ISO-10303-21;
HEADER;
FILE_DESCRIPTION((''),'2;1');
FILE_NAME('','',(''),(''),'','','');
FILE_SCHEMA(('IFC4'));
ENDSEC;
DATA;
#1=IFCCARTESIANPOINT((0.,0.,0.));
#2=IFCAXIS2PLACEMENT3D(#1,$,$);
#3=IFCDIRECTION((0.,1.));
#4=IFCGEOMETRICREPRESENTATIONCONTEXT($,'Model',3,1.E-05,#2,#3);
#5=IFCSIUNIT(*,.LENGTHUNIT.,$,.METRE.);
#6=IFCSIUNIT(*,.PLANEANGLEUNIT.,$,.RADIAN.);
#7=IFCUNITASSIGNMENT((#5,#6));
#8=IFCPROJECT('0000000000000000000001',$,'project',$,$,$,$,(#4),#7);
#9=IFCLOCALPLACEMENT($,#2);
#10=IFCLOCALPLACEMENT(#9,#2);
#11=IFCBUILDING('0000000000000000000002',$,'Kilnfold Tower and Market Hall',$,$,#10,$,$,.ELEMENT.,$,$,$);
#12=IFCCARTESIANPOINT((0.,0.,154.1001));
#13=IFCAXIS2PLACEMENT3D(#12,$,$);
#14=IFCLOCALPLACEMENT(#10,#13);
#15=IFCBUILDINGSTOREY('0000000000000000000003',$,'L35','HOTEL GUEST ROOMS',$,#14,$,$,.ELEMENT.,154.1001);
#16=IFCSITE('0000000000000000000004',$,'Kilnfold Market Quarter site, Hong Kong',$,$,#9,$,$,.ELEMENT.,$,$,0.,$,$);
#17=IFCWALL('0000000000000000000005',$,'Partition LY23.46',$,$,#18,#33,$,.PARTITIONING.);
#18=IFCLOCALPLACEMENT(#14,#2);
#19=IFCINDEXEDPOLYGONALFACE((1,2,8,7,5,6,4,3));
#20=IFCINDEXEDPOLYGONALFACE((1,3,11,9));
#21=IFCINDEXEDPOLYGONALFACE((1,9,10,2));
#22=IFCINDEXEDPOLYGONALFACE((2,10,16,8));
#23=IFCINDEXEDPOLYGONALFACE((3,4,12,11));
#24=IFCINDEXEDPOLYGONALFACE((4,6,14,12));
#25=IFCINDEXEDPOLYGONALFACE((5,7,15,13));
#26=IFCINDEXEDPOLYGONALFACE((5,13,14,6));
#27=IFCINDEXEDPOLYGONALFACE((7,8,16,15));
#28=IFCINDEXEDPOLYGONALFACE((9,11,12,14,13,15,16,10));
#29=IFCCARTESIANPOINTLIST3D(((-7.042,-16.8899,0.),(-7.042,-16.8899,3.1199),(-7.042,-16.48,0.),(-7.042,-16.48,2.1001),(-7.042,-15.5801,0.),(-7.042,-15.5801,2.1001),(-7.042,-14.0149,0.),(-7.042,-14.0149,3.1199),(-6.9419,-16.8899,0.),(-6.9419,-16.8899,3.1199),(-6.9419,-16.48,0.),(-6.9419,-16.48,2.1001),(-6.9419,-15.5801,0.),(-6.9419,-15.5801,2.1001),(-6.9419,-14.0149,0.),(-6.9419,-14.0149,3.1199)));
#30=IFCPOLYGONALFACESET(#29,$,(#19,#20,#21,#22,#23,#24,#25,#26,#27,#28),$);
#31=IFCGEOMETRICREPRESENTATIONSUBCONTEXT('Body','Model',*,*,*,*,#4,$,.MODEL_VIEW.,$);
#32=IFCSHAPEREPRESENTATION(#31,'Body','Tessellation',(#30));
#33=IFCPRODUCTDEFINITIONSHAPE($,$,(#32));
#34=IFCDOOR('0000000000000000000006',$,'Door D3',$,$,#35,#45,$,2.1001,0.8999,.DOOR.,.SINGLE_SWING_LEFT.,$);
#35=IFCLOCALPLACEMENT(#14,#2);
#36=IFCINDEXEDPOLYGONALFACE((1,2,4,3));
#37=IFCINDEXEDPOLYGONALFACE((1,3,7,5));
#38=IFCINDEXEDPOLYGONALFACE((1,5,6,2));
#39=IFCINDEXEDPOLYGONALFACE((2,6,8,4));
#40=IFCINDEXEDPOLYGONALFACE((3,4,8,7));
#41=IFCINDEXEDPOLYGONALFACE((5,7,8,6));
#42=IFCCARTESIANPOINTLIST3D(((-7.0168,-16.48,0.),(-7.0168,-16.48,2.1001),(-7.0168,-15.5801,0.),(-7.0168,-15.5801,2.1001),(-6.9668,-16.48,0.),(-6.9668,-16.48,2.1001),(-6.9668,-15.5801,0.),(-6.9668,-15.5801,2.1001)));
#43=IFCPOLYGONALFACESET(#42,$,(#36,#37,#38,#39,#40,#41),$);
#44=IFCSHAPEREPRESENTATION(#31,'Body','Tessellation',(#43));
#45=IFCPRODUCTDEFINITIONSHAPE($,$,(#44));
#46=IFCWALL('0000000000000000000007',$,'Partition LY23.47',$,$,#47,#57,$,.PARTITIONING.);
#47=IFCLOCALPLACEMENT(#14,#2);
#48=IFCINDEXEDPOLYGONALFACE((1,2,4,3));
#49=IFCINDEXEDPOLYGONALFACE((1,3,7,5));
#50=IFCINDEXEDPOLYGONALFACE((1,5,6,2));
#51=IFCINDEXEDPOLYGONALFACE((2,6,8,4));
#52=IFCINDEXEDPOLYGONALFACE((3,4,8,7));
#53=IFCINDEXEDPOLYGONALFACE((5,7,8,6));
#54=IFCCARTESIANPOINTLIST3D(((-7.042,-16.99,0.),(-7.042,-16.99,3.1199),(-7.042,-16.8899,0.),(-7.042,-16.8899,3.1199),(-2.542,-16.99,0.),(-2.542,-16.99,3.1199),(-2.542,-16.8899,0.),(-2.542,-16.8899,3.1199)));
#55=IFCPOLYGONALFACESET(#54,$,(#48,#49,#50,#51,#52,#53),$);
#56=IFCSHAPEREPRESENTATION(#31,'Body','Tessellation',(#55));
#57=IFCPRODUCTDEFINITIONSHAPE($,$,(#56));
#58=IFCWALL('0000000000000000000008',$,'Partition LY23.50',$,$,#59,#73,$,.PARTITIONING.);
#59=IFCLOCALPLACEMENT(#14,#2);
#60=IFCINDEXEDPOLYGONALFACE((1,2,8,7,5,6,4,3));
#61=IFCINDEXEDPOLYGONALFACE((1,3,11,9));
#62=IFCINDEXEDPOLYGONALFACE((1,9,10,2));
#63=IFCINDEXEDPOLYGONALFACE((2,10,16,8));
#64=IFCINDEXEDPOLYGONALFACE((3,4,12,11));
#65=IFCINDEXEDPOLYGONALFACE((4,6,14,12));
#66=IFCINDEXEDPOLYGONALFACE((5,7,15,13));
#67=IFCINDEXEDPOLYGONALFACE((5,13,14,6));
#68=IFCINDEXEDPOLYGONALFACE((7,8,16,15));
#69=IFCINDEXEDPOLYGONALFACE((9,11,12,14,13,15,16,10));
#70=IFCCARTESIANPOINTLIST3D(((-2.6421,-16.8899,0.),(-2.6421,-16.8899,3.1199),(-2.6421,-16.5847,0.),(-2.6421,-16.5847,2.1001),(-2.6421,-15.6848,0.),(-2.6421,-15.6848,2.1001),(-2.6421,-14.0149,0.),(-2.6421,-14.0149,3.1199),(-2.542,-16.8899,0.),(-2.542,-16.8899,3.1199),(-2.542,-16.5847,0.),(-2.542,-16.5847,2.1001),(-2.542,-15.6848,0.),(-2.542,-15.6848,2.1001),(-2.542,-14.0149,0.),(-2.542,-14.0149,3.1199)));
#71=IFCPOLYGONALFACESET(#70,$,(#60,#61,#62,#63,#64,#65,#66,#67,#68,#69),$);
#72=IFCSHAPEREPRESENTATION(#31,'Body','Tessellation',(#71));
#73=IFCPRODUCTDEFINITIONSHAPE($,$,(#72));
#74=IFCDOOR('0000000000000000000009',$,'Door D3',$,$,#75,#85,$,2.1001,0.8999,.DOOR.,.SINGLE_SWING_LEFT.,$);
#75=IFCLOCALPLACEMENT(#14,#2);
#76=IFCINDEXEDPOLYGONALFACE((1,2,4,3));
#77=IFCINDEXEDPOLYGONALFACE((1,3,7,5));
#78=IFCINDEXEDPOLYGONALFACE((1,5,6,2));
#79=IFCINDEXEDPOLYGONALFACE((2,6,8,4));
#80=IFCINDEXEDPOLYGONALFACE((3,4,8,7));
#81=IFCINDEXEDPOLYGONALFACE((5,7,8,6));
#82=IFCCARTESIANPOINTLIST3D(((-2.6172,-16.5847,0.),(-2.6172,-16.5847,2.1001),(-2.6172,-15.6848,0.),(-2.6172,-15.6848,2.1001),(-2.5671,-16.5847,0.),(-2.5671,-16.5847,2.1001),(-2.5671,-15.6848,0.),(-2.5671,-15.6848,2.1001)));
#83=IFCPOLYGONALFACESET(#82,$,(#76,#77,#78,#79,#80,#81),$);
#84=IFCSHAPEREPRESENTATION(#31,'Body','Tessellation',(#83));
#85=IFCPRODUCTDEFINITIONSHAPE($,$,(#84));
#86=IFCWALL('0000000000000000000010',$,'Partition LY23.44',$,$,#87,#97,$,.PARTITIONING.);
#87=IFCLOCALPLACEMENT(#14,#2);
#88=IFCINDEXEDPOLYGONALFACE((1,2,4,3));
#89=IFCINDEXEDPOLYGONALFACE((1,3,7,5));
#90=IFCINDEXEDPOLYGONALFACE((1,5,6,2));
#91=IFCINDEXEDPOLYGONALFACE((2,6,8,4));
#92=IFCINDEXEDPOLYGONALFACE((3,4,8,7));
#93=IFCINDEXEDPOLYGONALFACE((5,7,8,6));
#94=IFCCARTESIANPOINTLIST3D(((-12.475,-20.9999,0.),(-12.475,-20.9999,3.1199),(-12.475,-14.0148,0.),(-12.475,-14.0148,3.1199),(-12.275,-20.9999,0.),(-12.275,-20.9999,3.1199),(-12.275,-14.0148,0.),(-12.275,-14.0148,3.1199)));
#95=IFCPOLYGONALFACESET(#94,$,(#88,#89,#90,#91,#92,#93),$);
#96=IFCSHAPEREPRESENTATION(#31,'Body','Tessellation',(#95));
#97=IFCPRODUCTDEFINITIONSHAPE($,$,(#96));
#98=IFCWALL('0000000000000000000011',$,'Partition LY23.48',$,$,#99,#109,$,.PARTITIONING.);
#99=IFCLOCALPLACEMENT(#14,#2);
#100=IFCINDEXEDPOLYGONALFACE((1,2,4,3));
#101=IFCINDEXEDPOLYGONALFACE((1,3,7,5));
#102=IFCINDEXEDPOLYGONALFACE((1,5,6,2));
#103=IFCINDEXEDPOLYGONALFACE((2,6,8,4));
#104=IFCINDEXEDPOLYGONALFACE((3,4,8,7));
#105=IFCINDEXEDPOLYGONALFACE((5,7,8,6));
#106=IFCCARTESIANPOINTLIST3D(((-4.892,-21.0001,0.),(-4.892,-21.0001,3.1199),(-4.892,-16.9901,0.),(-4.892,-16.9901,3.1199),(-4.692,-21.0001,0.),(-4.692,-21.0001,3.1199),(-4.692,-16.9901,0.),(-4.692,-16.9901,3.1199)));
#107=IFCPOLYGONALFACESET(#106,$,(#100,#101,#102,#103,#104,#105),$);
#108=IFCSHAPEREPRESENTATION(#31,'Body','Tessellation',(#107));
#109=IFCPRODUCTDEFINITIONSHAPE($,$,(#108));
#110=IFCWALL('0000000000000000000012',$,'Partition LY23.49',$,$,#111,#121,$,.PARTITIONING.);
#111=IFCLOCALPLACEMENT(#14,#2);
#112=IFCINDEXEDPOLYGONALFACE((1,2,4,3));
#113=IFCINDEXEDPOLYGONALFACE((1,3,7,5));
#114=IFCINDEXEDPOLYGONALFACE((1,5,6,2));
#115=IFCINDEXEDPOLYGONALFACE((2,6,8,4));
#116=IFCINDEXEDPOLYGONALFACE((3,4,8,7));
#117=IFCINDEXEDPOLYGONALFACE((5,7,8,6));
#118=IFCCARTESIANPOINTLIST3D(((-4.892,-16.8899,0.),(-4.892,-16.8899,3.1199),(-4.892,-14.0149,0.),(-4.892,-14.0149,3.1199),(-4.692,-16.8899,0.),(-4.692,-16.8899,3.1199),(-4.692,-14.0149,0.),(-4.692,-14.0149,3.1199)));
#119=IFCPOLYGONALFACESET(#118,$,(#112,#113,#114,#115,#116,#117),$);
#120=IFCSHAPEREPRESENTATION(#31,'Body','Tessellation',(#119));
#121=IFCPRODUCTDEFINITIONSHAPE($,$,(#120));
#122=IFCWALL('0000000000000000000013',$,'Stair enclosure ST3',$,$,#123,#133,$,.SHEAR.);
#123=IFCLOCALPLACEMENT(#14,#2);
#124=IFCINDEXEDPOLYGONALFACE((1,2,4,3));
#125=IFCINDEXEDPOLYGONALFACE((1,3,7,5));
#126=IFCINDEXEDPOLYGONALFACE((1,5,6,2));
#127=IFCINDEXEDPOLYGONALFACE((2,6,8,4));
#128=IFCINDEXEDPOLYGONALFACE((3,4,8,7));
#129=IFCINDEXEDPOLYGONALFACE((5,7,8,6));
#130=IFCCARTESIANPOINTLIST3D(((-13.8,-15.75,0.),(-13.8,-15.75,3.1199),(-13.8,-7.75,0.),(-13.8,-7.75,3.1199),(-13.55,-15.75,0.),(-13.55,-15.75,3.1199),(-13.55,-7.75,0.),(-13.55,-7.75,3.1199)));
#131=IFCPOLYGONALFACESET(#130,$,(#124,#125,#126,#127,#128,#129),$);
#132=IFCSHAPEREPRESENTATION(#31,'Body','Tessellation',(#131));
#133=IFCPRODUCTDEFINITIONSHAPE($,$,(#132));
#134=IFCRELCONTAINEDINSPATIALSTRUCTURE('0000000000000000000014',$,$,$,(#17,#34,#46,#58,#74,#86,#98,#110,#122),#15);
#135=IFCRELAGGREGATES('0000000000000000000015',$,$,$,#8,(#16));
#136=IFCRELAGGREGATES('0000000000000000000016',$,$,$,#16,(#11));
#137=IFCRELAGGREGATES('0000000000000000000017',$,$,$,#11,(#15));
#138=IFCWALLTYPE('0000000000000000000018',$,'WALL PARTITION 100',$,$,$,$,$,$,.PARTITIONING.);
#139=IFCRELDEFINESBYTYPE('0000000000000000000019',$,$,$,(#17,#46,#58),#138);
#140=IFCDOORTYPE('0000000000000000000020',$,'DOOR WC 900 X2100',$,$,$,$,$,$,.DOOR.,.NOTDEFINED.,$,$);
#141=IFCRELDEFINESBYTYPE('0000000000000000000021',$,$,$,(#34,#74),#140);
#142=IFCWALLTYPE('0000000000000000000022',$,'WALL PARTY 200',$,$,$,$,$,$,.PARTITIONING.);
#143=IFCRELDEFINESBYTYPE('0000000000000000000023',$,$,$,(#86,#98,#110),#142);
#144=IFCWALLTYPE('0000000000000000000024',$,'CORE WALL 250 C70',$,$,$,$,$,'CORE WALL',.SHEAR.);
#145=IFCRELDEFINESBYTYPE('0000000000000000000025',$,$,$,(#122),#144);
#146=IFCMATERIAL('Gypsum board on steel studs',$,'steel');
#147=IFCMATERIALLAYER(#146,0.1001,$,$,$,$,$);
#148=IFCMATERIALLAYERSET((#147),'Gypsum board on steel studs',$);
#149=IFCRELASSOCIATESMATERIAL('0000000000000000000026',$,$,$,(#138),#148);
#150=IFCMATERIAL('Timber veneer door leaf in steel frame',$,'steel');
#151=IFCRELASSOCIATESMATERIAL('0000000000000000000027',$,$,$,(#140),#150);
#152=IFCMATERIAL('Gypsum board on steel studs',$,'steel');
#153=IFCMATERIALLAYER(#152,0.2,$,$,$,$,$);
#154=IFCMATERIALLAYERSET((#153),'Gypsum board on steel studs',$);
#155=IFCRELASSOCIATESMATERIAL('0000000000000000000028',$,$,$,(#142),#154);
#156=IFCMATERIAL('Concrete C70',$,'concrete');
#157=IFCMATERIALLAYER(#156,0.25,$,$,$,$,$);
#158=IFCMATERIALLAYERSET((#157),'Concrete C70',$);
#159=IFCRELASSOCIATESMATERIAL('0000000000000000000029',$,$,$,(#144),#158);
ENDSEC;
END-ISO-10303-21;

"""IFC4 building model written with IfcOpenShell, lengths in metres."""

from ifc_helpers import new_model, si_unit, direction, frame, frame_2d, origin, place, context, subcontext, project, spatial, rectangle, extrude, source, transform, mapped, material, layer, layer_set, type_object, element, fill, save


model = new_model("IFC4")

# Units and contexts
model_context = context("Model", 3, precision=1e-05, world=origin(), true_north=direction((0.0, 1.0)))
body_context = subcontext(model_context, "Body", "Model", "MODEL_VIEW")
ifc_project = project(units=[si_unit("LENGTHUNIT", "METRE"), si_unit("PLANEANGLEUNIT", "RADIAN")], contexts=[model_context])

# Site, building, storey
site_placement = place(None, origin())
site = spatial("IfcSite", under=ifc_project, at=site_placement, Name="Kilnfold Market Quarter site, Hong Kong", CompositionType="ELEMENT", RefElevation=0.0)
building_placement = place(site_placement, origin())
building = spatial("IfcBuilding", under=site, at=building_placement, Name="Kilnfold Tower and Market Hall", CompositionType="ELEMENT")
storey_placement = place(building_placement, frame((0.0, 0.0, 154.1001)))
storey = spatial("IfcBuildingStorey", under=building, at=storey_placement, Name="L35", Description="HOTEL GUEST ROOMS", CompositionType="ELEMENT", Elevation=154.1001)

# Wall, opening, door
ifc_material_1 = material(Name="Gypsum board on steel studs", Category="steel")
ifc_layer_1 = layer(ifc_material_1, 0.1001)
ifc_layer_set_1 = layer_set([ifc_layer_1], Name="Gypsum board on steel studs")
wall_type_1 = type_object("IfcWallType", Name="WALL PARTITION 100", PredefinedType="PARTITIONING", material=ifc_layer_set_1)
wall_1_placement = place(storey_placement, frame((-6.9919, -16.8899, 0.0), z_axis=(0.0, 0.0, 1.0), x_axis=(0.0, 1.0, 0.0)))
wall_1 = element("IfcWall", 1, at=wall_1_placement, inside=storey, type_object=wall_type_1, Name="Partition LY23.46", PredefinedType="PARTITIONING", context=body_context, shape_type="SweptSolid", body=[
    extrude(rectangle(XDim=2.875, YDim=0.1001, at=frame_2d((1.4375, 0.0))), origin(), (0.0, 0.0, 1.0), 3.1199),
])
opening_1_placement = place(wall_1_placement, frame((0.4099, 0.0, 0.0)))
opening_1 = element("IfcOpeningElement", 2, at=opening_1_placement, cuts=wall_1, PredefinedType="OPENING", context=body_context, shape_type="SweptSolid", body=[
    extrude(rectangle(XDim=0.8999, YDim=2.1001, at=frame_2d((0.45, 1.05))), frame((0.0, 0.0601, 0.0), z_axis=(0.0, -1.0, 0.0), x_axis=(1.0, 0.0, 0.0)), (0.0, 0.0, 1.0), 0.1201),
])
ifc_material_2 = material(Name="Timber veneer door leaf in steel frame", Category="steel")
door_type_1 = type_object("IfcDoorType", Name="DOOR WC 900 X2100", OperationType="NOTDEFINED", PredefinedType="DOOR", material=ifc_material_2)
door_1_placement = place(opening_1_placement, origin())
door_1 = element("IfcDoor", 3, at=door_1_placement, inside=storey, type_object=door_type_1, Name="Door D3", OperationType="SINGLE_SWING_LEFT", OverallHeight=2.1001, OverallWidth=0.8999, PredefinedType="DOOR", context=body_context, shape_type="SweptSolid", body=[
    extrude(rectangle(XDim=0.8999, YDim=2.1001, at=frame_2d((0.45, 1.05))), frame((0.0, 0.0249, 0.0), z_axis=(0.0, -1.0, 0.0), x_axis=(1.0, 0.0, 0.0)), (0.0, 0.0, 1.0), 0.05),
])
fill(opening_1, door_1)

# Wall
wall_2_placement = place(storey_placement, frame((-7.042, -16.9399, 0.0), z_axis=(0.0, 0.0, 1.0), x_axis=(1.0, 0.0, 0.0)))
element("IfcWall", 4, at=wall_2_placement, inside=storey, type_object=wall_type_1, Name="Partition LY23.47", PredefinedType="PARTITIONING", context=body_context, shape_type="SweptSolid", body=[
    extrude(rectangle(XDim=4.5, YDim=0.1001, at=frame_2d((2.25, 0.0))), origin(), (0.0, 0.0, 1.0), 3.1199),
])

# Wall, opening, door
wall_3_placement = place(storey_placement, frame((-2.592, -14.0149, 0.0), z_axis=(0.0, 0.0, 1.0), x_axis=(0.0, -1.0, 0.0)))
wall_3 = element("IfcWall", 5, at=wall_3_placement, inside=storey, type_object=wall_type_1, Name="Partition LY23.50", PredefinedType="PARTITIONING", context=body_context, shape_type="SweptSolid", body=[
    extrude(rectangle(XDim=2.875, YDim=0.1001, at=frame_2d((1.4375, 0.0))), origin(), (0.0, 0.0, 1.0), 3.1199),
])
opening_2_placement = place(wall_3_placement, frame((1.6699, 0.0, 0.0)))
opening_2 = element("IfcOpeningElement", 6, at=opening_2_placement, cuts=wall_3, PredefinedType="OPENING", context=body_context, shape_type="SweptSolid", body=[
    extrude(rectangle(XDim=0.8999, YDim=2.1001, at=frame_2d((0.45, 1.05))), frame((0.0, 0.0601, 0.0), z_axis=(0.0, -1.0, 0.0), x_axis=(1.0, 0.0, 0.0)), (0.0, 0.0, 1.0), 0.1201),
])
door_2_placement = place(opening_2_placement, origin())
door_2 = element("IfcDoor", 7, at=door_2_placement, inside=storey, type_object=door_type_1, Name="Door D3", OperationType="SINGLE_SWING_LEFT", OverallHeight=2.1001, OverallWidth=0.8999, PredefinedType="DOOR", context=body_context, shape_type="SweptSolid", body=[
    extrude(rectangle(XDim=0.8999, YDim=2.1001, at=frame_2d((0.45, 1.05))), frame((0.0, 0.0249, 0.0), z_axis=(0.0, -1.0, 0.0), x_axis=(1.0, 0.0, 0.0)), (0.0, 0.0, 1.0), 0.05),
])
fill(opening_2, door_2)

# Walls
ifc_material_3 = material(Name="Gypsum board on steel studs", Category="steel")
ifc_layer_2 = layer(ifc_material_3, 0.2)
ifc_layer_set_2 = layer_set([ifc_layer_2], Name="Gypsum board on steel studs")
wall_type_2 = type_object("IfcWallType", Name="WALL PARTY 200", PredefinedType="PARTITIONING", material=ifc_layer_set_2)
wall_4_placement = place(storey_placement, frame((-12.375, -21.0, 0.0), z_axis=(0.0, 0.0, 1.0), x_axis=(0.0, 1.0, 0.0)))
element("IfcWall", 8, at=wall_4_placement, inside=storey, type_object=wall_type_2, Name="Partition LY23.44", PredefinedType="PARTITIONING", context=body_context, shape_type="SweptSolid", body=[
    extrude(rectangle(XDim=6.9851, YDim=0.2, at=frame_2d((3.4927, 0.0))), origin(), (0.0, 0.0, 1.0), 3.1199),
])
wall_5_placement = place(storey_placement, frame((-4.792, -21.0, 0.0), z_axis=(0.0, 0.0, 1.0), x_axis=(0.0, 1.0, 0.0)))
element("IfcWall", 9, at=wall_5_placement, inside=storey, type_object=wall_type_2, Name="Partition LY23.48", PredefinedType="PARTITIONING", context=body_context, shape_type="SweptSolid", body=[
    extrude(rectangle(XDim=4.01, YDim=0.2, at=frame_2d((2.0049, 0.0))), origin(), (0.0, 0.0, 1.0), 3.1199),
])
wall_6_placement = place(storey_placement, frame((-4.792, -16.8899, 0.0), z_axis=(0.0, 0.0, 1.0), x_axis=(0.0, 1.0, 0.0)))
element("IfcWall", 10, at=wall_6_placement, inside=storey, type_object=wall_type_2, Name="Partition LY23.49", PredefinedType="PARTITIONING", context=body_context, shape_type="SweptSolid", body=[
    extrude(rectangle(XDim=2.875, YDim=0.2, at=frame_2d((1.4375, 0.0))), origin(), (0.0, 0.0, 1.0), 3.1199),
])
ifc_material_4 = material(Name="Concrete C70", Category="concrete")
ifc_layer_3 = layer(ifc_material_4, 0.25)
ifc_layer_set_3 = layer_set([ifc_layer_3], Name="Concrete C70")
wall_type_3 = type_object("IfcWallType", Name="CORE WALL 250 C70", ElementType="CORE WALL", PredefinedType="SHEAR", material=ifc_layer_set_3)
shared_shape_1 = source(origin(), body_context, "Body", "SweptSolid", [
    extrude(rectangle(XDim=8.0, YDim=0.25, at=frame_2d((4.0, 0.0))), origin(), (0.0, 0.0, 1.0), 3.1199),
])
wall_7_placement = place(storey_placement, frame((-13.675, -15.75, 0.0), z_axis=(0.0, 0.0, 1.0), x_axis=(0.0, 1.0, 0.0)))
element("IfcWall", 11, at=wall_7_placement, inside=storey, type_object=wall_type_3, Name="Stair enclosure ST3", PredefinedType="SHEAR", context=body_context, shape_type="MappedRepresentation", body=[
    mapped(shared_shape_1, transform((0.0, 0.0, 0.0))),
])

save(model, "model.ifc")
